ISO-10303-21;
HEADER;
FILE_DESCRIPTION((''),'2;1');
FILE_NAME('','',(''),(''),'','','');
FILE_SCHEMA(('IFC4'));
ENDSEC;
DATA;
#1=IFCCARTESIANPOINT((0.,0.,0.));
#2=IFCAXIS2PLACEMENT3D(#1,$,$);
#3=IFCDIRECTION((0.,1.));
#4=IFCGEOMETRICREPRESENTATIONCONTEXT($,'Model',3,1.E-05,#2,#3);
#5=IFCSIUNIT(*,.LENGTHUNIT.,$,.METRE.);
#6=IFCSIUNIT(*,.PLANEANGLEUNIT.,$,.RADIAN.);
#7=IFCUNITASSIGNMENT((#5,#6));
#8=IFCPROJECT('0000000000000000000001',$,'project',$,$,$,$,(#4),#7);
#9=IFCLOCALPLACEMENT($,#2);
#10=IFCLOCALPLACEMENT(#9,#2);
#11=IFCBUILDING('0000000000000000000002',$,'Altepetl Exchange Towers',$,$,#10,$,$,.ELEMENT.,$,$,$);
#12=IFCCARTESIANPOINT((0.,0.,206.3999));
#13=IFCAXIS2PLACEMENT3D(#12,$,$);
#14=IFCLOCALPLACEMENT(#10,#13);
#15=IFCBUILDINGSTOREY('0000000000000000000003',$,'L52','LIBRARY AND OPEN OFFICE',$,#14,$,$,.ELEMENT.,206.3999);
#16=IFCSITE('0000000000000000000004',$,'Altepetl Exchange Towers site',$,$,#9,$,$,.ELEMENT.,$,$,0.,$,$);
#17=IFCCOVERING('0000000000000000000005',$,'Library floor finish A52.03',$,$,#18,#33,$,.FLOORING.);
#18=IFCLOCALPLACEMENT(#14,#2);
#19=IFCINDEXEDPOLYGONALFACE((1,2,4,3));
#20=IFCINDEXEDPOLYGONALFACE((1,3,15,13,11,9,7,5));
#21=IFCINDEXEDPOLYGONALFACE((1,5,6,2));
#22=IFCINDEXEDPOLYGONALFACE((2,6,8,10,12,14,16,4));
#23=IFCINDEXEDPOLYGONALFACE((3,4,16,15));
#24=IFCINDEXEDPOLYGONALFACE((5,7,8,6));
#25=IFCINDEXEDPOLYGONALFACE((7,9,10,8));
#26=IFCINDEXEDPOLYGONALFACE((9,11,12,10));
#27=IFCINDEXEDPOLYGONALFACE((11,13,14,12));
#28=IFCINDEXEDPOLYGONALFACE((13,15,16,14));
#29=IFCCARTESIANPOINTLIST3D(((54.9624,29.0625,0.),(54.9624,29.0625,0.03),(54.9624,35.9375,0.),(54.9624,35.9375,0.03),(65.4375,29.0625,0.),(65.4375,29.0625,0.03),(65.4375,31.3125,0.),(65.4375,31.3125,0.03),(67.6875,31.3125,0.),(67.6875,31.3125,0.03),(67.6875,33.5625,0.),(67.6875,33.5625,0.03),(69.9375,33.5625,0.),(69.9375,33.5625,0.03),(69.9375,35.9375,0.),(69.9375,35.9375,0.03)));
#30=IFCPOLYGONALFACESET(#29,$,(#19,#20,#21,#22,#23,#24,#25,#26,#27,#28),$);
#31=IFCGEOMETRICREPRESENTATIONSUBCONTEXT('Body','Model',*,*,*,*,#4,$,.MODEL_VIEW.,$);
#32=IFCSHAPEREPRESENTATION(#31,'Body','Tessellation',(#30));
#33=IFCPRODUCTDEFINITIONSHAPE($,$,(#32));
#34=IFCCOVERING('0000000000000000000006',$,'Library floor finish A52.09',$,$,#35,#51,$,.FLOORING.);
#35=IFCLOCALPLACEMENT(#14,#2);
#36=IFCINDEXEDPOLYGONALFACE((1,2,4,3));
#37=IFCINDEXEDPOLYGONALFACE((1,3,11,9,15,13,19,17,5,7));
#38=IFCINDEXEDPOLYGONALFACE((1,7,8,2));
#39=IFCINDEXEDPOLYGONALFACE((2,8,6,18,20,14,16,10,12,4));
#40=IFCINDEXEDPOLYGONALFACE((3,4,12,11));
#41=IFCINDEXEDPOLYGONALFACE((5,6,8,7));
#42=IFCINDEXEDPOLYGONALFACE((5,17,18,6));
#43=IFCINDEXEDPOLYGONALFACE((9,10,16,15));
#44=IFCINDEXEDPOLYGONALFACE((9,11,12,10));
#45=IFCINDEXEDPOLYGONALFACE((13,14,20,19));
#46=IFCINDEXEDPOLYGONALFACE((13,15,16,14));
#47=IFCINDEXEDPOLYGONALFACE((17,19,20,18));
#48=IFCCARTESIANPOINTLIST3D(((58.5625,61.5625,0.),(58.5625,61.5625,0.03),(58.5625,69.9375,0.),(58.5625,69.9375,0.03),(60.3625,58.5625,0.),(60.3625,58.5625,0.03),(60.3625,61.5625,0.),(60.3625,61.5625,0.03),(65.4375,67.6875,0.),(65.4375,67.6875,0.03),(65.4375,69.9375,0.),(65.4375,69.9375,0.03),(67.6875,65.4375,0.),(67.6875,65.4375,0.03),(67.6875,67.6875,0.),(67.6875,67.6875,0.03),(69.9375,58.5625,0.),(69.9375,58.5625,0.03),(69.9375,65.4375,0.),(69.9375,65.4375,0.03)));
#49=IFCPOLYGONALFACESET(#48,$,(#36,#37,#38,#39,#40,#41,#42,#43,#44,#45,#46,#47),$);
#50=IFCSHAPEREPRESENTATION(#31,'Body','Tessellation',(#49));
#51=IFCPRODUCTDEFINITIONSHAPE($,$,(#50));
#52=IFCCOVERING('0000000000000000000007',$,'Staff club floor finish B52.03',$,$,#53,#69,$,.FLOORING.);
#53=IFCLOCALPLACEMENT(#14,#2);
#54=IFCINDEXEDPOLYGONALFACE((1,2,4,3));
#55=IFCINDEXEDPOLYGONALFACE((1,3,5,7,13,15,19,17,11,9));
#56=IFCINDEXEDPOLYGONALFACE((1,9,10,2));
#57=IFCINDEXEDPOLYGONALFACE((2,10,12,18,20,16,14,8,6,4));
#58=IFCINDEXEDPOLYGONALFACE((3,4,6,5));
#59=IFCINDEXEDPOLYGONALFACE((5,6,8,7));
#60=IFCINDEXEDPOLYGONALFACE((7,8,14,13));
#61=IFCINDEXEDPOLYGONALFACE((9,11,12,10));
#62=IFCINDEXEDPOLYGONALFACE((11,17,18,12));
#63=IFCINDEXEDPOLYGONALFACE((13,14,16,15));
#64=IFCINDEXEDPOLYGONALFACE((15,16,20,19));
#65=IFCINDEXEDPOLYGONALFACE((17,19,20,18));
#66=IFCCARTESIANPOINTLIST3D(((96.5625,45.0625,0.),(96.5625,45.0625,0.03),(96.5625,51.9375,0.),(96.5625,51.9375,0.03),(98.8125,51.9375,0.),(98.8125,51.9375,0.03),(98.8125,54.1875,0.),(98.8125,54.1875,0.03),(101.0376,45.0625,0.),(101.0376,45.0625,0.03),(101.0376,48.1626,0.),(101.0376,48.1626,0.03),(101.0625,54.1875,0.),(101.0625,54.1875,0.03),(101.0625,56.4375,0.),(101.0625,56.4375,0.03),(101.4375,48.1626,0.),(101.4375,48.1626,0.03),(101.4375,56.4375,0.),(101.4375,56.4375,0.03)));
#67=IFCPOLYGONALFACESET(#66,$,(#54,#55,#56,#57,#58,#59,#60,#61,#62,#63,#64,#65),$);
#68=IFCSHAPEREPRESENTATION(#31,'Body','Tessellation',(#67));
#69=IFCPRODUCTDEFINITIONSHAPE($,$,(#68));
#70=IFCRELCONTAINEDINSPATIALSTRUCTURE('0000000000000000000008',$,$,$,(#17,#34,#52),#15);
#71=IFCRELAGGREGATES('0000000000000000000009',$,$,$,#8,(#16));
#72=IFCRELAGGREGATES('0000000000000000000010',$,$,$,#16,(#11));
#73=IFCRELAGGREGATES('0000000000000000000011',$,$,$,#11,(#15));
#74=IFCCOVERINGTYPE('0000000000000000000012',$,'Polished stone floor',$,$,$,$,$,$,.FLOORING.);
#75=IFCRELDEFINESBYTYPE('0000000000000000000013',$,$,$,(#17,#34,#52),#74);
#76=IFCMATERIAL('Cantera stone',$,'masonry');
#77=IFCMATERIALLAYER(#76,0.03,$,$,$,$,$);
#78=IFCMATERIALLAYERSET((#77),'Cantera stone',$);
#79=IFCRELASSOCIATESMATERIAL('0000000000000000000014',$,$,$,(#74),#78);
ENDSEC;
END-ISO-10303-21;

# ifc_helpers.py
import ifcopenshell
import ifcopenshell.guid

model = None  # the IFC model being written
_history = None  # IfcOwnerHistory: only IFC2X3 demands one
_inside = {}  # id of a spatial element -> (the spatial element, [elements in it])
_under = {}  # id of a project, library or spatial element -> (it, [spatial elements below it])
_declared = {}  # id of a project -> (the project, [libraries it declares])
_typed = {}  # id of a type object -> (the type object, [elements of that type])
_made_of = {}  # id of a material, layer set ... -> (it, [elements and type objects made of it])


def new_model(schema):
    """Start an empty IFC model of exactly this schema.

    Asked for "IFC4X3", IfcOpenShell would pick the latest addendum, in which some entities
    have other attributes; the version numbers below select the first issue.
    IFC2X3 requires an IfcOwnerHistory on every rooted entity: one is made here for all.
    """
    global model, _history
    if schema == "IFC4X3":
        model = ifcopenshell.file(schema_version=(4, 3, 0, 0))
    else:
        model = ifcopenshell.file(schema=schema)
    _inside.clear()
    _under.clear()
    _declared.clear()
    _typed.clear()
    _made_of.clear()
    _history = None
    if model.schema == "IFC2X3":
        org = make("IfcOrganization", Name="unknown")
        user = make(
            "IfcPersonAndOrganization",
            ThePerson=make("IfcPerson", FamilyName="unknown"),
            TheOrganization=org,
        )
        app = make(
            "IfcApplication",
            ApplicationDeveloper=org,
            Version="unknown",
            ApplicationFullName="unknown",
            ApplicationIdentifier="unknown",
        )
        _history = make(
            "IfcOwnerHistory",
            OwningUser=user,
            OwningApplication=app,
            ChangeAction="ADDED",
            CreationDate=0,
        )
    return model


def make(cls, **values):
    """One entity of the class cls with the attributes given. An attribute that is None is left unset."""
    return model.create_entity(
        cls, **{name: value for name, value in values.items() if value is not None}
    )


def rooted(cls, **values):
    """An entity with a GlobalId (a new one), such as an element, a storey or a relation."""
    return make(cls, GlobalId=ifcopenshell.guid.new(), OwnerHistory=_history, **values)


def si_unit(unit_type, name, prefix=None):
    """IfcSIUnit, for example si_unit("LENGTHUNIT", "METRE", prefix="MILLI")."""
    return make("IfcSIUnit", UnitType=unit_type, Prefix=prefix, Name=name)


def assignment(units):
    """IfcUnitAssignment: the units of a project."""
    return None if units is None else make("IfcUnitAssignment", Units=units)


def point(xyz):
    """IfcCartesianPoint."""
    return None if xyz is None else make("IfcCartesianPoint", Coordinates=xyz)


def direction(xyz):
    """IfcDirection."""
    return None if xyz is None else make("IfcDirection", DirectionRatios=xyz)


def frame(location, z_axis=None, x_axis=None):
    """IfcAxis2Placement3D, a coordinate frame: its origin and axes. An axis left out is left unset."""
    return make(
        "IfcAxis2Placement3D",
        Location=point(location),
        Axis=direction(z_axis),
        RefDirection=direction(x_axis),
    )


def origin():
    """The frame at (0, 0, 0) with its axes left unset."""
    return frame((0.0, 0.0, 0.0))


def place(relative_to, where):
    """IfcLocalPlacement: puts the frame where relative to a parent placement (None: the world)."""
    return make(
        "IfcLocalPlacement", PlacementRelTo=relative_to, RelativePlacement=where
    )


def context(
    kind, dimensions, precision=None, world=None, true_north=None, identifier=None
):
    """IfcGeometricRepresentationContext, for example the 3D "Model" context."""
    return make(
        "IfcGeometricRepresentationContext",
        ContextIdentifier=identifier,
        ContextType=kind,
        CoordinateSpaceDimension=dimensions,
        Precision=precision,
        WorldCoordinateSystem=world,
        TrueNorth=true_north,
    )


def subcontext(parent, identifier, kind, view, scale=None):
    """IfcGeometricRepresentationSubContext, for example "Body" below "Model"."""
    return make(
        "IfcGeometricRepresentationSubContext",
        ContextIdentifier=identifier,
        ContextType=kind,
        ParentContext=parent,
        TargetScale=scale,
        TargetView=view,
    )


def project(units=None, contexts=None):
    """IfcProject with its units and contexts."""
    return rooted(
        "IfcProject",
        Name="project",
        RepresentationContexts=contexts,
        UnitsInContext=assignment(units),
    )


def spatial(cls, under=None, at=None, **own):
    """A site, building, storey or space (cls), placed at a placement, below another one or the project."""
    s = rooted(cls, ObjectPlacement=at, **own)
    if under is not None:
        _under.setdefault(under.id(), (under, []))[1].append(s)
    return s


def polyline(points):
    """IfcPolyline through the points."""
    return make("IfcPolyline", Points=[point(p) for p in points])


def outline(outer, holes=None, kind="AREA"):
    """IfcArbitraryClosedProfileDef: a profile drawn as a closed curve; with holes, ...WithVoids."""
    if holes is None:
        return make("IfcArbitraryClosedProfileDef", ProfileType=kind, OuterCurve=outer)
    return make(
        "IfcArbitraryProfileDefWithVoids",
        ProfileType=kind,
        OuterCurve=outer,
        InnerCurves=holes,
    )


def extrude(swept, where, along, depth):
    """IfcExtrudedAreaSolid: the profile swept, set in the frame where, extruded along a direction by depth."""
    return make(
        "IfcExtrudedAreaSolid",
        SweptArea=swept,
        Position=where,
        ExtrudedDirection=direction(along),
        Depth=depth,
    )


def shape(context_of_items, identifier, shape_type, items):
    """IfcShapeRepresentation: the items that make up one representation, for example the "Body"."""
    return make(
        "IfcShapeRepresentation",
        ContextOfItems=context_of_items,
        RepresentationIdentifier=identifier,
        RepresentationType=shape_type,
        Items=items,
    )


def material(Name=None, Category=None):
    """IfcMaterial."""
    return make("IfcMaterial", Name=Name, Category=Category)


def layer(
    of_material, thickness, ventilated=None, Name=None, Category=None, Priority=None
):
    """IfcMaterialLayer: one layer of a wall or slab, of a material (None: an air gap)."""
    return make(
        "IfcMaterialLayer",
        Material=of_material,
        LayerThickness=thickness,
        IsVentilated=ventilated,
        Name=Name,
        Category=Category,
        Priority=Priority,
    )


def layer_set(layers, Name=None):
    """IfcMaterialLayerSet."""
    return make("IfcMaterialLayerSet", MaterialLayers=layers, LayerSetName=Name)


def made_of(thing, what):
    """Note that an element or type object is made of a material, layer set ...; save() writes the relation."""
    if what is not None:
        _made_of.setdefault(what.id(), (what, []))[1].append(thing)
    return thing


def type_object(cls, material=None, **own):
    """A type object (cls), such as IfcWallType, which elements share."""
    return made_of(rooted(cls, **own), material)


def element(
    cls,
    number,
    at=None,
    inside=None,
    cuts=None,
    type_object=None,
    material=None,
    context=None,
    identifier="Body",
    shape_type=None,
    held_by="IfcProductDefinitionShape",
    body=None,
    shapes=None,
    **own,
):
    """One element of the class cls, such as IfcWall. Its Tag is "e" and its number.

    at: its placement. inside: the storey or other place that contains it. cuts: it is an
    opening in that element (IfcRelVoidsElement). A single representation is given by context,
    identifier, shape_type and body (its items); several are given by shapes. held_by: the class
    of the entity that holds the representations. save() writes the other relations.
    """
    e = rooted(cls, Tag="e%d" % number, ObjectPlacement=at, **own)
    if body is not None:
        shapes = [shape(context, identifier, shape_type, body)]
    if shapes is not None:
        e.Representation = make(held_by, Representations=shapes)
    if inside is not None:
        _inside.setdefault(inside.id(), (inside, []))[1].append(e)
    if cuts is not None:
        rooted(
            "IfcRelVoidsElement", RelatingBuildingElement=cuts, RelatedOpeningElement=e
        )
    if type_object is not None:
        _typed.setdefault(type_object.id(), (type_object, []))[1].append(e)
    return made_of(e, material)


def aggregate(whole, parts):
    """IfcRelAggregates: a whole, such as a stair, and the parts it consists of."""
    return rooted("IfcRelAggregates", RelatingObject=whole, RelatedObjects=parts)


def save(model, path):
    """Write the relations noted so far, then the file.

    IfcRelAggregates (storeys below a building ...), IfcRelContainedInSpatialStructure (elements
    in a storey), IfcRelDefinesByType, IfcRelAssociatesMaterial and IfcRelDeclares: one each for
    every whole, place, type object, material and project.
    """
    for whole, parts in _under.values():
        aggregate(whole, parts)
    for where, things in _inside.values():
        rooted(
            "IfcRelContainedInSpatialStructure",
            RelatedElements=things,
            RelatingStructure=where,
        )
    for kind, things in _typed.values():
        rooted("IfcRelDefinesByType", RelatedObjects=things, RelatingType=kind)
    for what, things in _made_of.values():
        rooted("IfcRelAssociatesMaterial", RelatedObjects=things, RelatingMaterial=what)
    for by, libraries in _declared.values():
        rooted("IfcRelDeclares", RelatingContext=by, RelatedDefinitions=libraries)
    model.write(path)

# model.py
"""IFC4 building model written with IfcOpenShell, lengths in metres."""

from ifc_helpers import new_model, si_unit, direction, frame, origin, place, context, subcontext, project, spatial, polyline, outline, extrude, material, layer, layer_set, type_object, element, save


model = new_model("IFC4")

# Units and contexts
model_context = context("Model", 3, precision=1e-05, world=origin(), true_north=direction((0.0, 1.0)))
body_context = subcontext(model_context, "Body", "Model", "MODEL_VIEW")
ifc_project = project(units=[si_unit("LENGTHUNIT", "METRE"), si_unit("PLANEANGLEUNIT", "RADIAN")], contexts=[model_context])

# Site, building, storey
site_placement = place(None, origin())
site = spatial("IfcSite", under=ifc_project, at=site_placement, Name="Altepetl Exchange Towers site", CompositionType="ELEMENT", RefElevation=0.0)
building_placement = place(site_placement, origin())
building = spatial("IfcBuilding", under=site, at=building_placement, Name="Altepetl Exchange Towers", CompositionType="ELEMENT")
storey_placement = place(building_placement, frame((0.0, 0.0, 206.3999)))
storey = spatial("IfcBuildingStorey", under=building, at=storey_placement, Name="L52", Description="LIBRARY AND OPEN OFFICE", CompositionType="ELEMENT", Elevation=206.3999)

# Coverings
ifc_material_1 = material(Name="Cantera stone", Category="masonry")
ifc_layer_1 = layer(ifc_material_1, 0.03)
ifc_layer_set_1 = layer_set([ifc_layer_1], Name="Cantera stone")
covering_type_1 = type_object("IfcCoveringType", Name="Polished stone floor", PredefinedType="FLOORING", material=ifc_layer_set_1)
covering_1_placement = place(storey_placement, origin())
element("IfcCovering", 1, at=covering_1_placement, inside=storey, type_object=covering_type_1, Name="Library floor finish A52.03", PredefinedType="FLOORING", context=body_context, shape_type="SweptSolid", body=[
    extrude(outline(polyline([(69.9375, 35.9375), (54.9624, 35.9375), (54.9624, 29.0625), (65.4375, 29.0625), (65.4375, 31.3125), (67.6875, 31.3125), (67.6875, 33.5625), (69.9375, 33.5625), (69.9375, 35.9375)])), origin(), (0.0, 0.0, 1.0), 0.03),
])
covering_2_placement = place(storey_placement, origin())
element("IfcCovering", 2, at=covering_2_placement, inside=storey, type_object=covering_type_1, Name="Library floor finish A52.09", PredefinedType="FLOORING", context=body_context, shape_type="SweptSolid", body=[
    extrude(outline(polyline([(67.6875, 67.6875), (65.4375, 67.6875), (65.4375, 69.9375), (58.5625, 69.9375), (58.5625, 61.5625), (60.3625, 61.5625), (60.3625, 58.5625), (69.9375, 58.5625), (69.9375, 65.4375), (67.6875, 65.4375), (67.6875, 67.6875)])), origin(), (0.0, 0.0, 1.0), 0.03),
])
covering_3_placement = place(storey_placement, origin())
element("IfcCovering", 3, at=covering_3_placement, inside=storey, type_object=covering_type_1, Name="Staff club floor finish B52.03", PredefinedType="FLOORING", context=body_context, shape_type="SweptSolid", body=[
    extrude(outline(polyline([(96.5625, 51.9375), (96.5625, 45.0625), (101.0376, 45.0625), (101.0376, 48.1626), (101.4375, 48.1626), (101.4375, 56.4375), (101.0625, 56.4375), (101.0625, 54.1875), (98.8125, 54.1875), (98.8125, 51.9375), (96.5625, 51.9375)])), origin(), (0.0, 0.0, 1.0), 0.03),
])

save(model, "model.ifc")
